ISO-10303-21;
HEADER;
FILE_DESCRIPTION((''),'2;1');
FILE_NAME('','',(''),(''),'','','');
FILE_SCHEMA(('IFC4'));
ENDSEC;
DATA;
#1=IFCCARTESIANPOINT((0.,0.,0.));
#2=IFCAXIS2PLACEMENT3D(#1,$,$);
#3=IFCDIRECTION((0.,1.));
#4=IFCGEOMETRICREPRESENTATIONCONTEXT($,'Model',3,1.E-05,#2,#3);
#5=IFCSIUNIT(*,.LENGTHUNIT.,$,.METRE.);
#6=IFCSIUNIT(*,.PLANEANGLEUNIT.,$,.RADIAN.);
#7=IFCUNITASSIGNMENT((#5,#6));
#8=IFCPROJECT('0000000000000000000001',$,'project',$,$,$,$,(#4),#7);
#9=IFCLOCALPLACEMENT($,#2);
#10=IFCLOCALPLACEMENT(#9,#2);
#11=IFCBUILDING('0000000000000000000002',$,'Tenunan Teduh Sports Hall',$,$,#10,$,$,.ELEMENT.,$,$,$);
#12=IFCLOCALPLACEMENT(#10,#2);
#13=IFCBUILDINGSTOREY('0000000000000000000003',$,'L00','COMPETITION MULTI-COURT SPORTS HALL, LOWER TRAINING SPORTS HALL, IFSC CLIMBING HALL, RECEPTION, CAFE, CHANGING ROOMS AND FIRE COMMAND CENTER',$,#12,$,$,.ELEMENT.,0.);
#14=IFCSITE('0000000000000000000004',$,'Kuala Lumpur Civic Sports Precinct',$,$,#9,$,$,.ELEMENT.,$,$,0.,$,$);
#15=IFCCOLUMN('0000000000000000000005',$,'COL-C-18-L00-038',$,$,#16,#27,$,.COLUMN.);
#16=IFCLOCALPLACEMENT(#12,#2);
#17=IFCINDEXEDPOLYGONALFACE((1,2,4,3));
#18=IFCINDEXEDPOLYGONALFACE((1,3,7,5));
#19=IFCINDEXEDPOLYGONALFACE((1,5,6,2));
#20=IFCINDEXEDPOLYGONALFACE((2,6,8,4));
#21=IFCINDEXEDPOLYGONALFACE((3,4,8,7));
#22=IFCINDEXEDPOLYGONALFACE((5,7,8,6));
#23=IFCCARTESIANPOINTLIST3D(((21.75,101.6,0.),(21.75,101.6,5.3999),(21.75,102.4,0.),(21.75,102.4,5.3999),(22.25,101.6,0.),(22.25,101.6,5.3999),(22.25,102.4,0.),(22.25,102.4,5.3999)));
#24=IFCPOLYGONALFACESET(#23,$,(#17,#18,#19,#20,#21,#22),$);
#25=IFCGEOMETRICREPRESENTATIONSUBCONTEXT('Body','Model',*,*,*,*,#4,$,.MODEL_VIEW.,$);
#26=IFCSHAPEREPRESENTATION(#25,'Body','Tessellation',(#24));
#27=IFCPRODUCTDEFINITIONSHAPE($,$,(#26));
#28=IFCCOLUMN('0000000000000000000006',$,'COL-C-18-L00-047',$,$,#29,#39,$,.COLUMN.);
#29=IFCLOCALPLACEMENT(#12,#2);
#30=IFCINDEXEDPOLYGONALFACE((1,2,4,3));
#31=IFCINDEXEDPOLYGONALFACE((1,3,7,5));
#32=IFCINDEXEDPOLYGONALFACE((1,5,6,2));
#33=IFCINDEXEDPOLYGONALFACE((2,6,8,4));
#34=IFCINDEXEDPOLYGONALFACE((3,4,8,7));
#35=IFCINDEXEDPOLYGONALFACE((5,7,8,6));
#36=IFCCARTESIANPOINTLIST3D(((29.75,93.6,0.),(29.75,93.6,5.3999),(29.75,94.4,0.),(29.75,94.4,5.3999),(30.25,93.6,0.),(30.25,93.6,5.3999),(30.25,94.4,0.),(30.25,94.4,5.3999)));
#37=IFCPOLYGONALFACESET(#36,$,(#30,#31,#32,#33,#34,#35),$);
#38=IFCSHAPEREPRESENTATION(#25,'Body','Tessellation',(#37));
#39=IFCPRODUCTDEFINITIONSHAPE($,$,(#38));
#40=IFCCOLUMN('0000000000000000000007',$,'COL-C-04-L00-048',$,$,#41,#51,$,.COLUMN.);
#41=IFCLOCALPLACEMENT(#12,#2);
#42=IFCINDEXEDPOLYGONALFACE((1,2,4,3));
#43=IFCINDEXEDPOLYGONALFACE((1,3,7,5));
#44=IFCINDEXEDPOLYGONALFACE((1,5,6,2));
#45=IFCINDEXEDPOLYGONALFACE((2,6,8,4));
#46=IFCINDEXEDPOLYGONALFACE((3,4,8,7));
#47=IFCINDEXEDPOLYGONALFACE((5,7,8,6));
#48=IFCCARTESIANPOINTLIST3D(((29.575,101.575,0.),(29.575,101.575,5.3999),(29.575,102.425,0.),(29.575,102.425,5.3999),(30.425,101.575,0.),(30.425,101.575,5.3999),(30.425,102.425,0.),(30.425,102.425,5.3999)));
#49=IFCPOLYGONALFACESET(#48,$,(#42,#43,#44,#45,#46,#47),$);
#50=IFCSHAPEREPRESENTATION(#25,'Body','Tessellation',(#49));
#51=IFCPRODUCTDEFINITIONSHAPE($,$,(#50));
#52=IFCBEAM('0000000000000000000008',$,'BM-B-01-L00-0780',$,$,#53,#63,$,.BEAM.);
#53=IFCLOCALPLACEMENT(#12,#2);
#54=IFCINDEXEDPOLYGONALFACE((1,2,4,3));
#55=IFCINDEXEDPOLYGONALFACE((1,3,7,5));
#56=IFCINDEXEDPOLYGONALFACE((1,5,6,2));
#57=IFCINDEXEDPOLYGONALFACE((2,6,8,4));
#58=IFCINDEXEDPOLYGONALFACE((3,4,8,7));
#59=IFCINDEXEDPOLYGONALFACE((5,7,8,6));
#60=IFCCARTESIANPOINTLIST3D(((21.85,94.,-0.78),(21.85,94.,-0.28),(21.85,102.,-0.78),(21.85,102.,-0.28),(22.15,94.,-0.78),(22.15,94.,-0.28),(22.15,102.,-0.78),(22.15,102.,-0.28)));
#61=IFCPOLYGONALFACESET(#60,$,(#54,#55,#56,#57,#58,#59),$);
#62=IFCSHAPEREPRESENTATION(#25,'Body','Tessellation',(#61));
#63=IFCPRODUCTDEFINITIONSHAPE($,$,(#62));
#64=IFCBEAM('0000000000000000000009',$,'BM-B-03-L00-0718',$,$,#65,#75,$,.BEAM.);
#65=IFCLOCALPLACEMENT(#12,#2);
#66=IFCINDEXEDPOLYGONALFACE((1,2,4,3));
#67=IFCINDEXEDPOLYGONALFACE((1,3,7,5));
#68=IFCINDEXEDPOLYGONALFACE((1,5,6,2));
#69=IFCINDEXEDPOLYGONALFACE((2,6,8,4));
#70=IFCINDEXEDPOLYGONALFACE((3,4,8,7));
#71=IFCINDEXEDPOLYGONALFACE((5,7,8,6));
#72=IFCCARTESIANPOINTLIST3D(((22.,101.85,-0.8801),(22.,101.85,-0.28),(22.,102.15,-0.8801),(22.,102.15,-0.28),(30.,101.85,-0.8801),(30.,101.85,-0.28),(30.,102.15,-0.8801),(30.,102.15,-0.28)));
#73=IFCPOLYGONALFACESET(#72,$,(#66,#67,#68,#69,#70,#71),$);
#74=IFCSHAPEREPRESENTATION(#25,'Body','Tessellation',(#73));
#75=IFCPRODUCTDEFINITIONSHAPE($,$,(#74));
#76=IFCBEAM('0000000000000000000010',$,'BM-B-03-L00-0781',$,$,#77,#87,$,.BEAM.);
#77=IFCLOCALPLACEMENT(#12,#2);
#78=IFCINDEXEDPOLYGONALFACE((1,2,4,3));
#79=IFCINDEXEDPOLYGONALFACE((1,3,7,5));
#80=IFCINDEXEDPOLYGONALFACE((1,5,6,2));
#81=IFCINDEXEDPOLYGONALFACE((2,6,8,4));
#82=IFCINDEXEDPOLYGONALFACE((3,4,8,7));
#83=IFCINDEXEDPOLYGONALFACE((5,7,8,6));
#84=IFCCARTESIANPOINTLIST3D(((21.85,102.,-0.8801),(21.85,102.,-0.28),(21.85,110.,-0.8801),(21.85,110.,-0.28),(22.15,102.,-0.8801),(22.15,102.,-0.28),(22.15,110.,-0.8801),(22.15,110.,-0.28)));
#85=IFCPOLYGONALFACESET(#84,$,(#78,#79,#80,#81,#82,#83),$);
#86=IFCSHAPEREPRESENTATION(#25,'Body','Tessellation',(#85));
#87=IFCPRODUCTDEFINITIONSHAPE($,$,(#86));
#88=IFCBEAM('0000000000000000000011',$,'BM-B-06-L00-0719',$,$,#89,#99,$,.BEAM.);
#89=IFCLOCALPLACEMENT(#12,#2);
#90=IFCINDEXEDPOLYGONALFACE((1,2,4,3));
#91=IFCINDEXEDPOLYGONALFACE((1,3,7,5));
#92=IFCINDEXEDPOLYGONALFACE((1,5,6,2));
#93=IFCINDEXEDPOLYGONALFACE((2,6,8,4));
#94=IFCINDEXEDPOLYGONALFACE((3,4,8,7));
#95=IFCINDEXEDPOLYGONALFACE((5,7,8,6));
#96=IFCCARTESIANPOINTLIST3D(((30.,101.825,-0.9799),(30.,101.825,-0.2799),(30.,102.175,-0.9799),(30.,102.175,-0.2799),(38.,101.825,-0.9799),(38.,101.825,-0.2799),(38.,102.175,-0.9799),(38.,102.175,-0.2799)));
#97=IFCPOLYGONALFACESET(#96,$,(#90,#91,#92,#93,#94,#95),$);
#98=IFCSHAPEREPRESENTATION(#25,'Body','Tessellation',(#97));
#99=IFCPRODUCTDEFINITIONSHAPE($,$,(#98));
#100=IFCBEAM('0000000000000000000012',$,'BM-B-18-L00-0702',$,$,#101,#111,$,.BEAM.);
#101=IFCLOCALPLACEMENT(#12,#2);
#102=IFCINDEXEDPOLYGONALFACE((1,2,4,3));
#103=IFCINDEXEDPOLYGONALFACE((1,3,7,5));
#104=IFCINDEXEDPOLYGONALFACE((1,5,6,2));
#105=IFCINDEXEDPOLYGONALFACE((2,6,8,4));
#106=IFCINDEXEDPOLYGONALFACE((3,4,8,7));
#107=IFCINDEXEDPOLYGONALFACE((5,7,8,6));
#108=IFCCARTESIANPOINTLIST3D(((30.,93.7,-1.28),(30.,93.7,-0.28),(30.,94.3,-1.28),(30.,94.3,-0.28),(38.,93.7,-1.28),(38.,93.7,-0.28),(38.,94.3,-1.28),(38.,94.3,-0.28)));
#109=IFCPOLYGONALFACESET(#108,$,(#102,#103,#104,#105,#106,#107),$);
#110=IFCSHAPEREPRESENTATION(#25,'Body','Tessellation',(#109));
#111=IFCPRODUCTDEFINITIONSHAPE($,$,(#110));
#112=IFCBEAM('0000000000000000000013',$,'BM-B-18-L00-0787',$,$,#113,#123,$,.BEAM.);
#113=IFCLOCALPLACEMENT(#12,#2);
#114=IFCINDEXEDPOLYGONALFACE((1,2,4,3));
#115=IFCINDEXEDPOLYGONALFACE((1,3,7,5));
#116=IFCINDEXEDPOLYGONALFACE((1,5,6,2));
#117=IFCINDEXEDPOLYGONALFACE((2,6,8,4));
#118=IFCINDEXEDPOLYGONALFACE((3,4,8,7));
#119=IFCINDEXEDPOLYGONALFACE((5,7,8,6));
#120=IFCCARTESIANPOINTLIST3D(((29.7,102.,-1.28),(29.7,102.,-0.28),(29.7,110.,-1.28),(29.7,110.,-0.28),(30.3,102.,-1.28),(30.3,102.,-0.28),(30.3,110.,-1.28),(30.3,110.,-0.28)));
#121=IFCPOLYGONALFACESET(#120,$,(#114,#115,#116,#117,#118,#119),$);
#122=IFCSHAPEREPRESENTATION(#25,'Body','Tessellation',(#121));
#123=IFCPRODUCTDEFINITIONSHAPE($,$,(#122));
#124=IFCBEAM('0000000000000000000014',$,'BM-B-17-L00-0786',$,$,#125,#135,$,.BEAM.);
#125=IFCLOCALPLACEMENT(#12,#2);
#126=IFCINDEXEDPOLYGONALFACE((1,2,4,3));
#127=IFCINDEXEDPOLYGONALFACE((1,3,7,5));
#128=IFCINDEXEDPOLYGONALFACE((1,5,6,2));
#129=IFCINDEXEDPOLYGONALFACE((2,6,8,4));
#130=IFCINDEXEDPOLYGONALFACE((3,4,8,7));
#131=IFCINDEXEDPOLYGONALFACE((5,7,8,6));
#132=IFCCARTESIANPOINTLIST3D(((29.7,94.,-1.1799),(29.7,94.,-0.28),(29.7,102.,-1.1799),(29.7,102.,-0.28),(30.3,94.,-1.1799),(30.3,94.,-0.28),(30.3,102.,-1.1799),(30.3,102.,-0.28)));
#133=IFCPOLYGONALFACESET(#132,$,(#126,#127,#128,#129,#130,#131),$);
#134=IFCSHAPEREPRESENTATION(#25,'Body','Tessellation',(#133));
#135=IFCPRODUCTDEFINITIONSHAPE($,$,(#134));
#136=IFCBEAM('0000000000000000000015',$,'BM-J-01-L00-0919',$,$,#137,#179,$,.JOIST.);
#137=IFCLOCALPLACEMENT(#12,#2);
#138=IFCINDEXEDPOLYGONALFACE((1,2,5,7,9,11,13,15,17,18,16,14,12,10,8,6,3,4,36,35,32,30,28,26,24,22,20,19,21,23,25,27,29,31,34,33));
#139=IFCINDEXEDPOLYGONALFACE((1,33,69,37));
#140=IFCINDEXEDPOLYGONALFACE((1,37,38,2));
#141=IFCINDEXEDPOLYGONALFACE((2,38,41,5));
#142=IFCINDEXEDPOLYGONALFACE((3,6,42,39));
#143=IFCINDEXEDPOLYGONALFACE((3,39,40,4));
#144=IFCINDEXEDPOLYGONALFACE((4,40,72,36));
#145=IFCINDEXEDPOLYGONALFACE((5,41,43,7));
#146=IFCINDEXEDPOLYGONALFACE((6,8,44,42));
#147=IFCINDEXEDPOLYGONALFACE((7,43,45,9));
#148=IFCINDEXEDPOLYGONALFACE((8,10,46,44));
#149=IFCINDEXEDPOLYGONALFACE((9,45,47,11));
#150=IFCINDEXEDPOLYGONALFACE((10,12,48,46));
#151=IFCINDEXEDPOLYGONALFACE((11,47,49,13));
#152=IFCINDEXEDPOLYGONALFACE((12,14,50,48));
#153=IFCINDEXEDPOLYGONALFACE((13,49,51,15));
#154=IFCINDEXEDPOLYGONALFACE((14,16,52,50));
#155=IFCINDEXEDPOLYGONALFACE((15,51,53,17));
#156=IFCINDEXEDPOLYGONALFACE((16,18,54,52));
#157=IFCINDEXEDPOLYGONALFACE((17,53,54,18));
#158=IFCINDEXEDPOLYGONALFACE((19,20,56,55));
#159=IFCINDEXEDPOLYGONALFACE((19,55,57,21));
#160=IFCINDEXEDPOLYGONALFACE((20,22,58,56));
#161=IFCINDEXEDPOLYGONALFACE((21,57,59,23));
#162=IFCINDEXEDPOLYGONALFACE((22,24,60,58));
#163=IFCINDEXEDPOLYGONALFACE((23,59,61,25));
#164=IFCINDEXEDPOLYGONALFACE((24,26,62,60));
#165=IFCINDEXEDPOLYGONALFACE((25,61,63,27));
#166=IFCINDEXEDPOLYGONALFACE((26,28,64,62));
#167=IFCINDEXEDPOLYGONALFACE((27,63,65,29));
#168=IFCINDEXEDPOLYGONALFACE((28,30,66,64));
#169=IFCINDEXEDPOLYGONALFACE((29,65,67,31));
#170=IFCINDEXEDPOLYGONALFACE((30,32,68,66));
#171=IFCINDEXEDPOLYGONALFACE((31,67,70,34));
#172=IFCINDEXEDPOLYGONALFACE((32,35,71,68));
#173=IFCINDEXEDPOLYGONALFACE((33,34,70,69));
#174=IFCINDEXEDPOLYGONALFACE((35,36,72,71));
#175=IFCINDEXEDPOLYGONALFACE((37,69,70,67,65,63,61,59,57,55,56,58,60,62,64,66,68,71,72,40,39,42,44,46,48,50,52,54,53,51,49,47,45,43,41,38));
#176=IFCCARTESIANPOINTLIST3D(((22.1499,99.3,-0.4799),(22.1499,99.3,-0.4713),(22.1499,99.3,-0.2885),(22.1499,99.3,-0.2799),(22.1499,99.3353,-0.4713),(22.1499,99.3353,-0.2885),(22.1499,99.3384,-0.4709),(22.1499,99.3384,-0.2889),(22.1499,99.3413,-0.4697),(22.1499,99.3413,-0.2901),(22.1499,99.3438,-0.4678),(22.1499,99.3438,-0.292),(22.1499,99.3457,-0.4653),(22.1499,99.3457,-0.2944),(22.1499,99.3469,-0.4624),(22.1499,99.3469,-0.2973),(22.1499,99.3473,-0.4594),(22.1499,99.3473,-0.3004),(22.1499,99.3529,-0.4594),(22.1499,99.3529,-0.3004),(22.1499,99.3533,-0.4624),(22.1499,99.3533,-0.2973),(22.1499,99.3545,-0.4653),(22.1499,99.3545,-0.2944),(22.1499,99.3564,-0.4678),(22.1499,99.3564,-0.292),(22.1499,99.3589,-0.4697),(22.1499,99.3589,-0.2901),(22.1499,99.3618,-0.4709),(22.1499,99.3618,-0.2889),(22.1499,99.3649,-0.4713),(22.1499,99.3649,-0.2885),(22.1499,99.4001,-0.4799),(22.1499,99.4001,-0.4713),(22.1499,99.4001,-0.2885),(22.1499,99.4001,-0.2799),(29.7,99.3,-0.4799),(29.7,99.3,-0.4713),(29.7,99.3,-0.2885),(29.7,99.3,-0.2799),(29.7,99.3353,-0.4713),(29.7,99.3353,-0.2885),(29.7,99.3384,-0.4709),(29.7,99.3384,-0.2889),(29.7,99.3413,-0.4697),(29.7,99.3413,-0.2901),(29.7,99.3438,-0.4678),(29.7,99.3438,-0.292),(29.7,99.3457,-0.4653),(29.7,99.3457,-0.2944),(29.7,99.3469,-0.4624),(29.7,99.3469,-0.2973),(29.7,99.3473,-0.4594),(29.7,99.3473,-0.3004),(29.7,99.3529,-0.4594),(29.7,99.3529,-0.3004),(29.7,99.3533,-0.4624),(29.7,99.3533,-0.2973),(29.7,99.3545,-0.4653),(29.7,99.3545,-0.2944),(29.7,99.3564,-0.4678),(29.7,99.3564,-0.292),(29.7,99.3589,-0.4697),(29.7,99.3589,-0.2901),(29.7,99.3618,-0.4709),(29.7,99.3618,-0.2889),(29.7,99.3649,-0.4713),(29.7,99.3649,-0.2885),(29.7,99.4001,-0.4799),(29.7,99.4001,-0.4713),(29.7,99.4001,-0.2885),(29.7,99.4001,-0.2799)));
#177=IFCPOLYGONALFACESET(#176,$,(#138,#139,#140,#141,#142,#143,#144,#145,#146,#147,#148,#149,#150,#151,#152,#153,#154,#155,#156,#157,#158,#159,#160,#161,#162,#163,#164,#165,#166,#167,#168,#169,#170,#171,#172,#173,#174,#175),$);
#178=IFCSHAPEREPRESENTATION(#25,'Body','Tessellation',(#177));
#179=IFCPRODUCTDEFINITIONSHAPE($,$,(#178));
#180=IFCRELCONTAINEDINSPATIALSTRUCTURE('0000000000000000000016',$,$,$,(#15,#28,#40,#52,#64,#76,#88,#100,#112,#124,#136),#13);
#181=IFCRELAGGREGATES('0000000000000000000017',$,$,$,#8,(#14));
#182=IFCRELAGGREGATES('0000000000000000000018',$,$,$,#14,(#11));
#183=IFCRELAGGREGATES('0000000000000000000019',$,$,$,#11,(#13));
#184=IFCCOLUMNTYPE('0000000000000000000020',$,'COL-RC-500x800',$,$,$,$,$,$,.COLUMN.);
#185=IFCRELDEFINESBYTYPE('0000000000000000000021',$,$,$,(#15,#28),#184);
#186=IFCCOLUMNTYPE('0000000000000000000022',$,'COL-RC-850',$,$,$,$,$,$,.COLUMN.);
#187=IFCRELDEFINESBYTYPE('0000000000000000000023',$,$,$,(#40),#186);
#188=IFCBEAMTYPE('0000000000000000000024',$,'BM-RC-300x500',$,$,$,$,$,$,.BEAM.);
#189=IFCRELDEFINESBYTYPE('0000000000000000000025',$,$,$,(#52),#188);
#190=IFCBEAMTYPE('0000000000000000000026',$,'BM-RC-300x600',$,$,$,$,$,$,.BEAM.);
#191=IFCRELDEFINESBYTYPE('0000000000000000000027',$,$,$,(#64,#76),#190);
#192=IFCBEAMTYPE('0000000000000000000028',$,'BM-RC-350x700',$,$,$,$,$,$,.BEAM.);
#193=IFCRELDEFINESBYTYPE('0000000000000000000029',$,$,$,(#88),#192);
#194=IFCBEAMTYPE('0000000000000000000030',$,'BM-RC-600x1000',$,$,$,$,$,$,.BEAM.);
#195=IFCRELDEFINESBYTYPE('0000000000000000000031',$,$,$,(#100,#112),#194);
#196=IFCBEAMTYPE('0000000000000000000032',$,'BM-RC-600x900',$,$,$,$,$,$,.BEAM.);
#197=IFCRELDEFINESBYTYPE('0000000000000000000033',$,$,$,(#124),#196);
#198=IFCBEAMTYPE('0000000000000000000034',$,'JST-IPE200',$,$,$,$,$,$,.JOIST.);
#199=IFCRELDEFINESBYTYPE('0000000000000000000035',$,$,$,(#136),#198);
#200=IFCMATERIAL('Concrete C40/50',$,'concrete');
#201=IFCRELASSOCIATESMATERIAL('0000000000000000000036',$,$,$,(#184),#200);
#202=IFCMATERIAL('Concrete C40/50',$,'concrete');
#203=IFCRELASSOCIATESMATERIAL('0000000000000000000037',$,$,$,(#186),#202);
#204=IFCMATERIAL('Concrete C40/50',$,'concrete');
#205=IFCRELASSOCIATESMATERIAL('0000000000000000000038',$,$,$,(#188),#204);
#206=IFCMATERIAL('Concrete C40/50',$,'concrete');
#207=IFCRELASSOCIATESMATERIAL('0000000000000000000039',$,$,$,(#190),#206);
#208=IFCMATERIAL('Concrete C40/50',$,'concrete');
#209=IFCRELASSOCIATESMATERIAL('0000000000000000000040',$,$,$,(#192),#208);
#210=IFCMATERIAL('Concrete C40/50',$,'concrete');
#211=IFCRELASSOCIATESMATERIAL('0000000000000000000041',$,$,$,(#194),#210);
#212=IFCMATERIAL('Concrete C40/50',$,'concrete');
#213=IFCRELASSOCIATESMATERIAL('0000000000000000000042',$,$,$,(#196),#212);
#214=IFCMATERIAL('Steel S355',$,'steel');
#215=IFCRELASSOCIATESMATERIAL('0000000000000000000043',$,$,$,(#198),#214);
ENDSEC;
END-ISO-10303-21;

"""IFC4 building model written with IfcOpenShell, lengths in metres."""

from ifc_helpers import new_model, si_unit, direction, frame, origin, origin_2d, place, context, subcontext, project, spatial, rectangle, i_section, extrude, material, material_profile, profile_set, type_object, element, save


model = new_model("IFC4")

# Units and contexts
model_context = context("Model", 3, precision=1e-05, world=origin(), true_north=direction((0.0, 1.0)))
body_context = subcontext(model_context, "Body", "Model", "MODEL_VIEW")
ifc_project = project(units=[si_unit("LENGTHUNIT", "METRE"), si_unit("PLANEANGLEUNIT", "RADIAN")], contexts=[model_context])

# Site, building, storey
site_placement = place(None, origin())
site = spatial("IfcSite", under=ifc_project, at=site_placement, Name="Kuala Lumpur Civic Sports Precinct", CompositionType="ELEMENT", RefElevation=0.0)
building_placement = place(site_placement, origin())
building = spatial("IfcBuilding", under=site, at=building_placement, Name="Tenunan Teduh Sports Hall", CompositionType="ELEMENT")
storey_placement = place(building_placement, origin())
storey = spatial("IfcBuildingStorey", under=building, at=storey_placement, Name="L00", Description="COMPETITION MULTI-COURT SPORTS HALL, LOWER TRAINING SPORTS HALL, IFSC CLIMBING HALL, RECEPTION, CAFE, CHANGING ROOMS AND FIRE COMMAND CENTER", CompositionType="ELEMENT", Elevation=0.0)

# Columns
ifc_material_1 = material(Name="Concrete C40/50", Category="concrete")
ifc_material_profile_1 = material_profile(ifc_material_1, rectangle(XDim=0.5, YDim=0.8, at=origin_2d()), Name="RC 500x800")
ifc_profile_set_1 = profile_set([ifc_material_profile_1], Name="Concrete C40/50")
column_type_1 = type_object("IfcColumnType", Name="COL-RC-500x800", PredefinedType="COLUMN", material=ifc_profile_set_1)
for number, where, z_axis, x_axis, name in (
    (1, (22.0, 102.0, 0.0), (0.0, 0.0, 1.0), (1.0, 0.0, 0.0), "COL-C-18-L00-038"),
    (2, (30.0, 94.0, 0.0), (0.0, 0.0, 1.0), (1.0, 0.0, 0.0), "COL-C-18-L00-047"),
):
    element("IfcColumn", number, at=place(storey_placement, frame(where, z_axis=z_axis, x_axis=x_axis)), inside=storey, type_object=column_type_1, Name=name, PredefinedType="COLUMN", context=body_context, shape_type="SweptSolid", body=[
        extrude(rectangle(XDim=0.5, YDim=0.8, at=origin_2d()), origin(), (0.0, 0.0, 1.0), 5.3999),
    ])
ifc_material_2 = material(Name="Concrete C40/50", Category="concrete")
ifc_material_profile_2 = material_profile(ifc_material_2, rectangle(XDim=0.8501, YDim=0.8501, at=origin_2d()), Name="RC 850x850")
ifc_profile_set_2 = profile_set([ifc_material_profile_2], Name="Concrete C40/50")
column_type_2 = type_object("IfcColumnType", Name="COL-RC-850", PredefinedType="COLUMN", material=ifc_profile_set_2)
column_placement = place(storey_placement, frame((30.0, 102.0, 0.0), z_axis=(0.0, 0.0, 1.0), x_axis=(1.0, 0.0, 0.0)))
element("IfcColumn", 3, at=column_placement, inside=storey, type_object=column_type_2, Name="COL-C-04-L00-048", PredefinedType="COLUMN", context=body_context, shape_type="SweptSolid", body=[
    extrude(rectangle(XDim=0.8501, YDim=0.8501, at=origin_2d()), origin(), (0.0, 0.0, 1.0), 5.3999),
])

# Beams
ifc_material_3 = material(Name="Concrete C40/50", Category="concrete")
ifc_material_profile_3 = material_profile(ifc_material_3, rectangle(XDim=0.3, YDim=0.5, at=origin_2d()), Name="RCB 300x500")
ifc_profile_set_3 = profile_set([ifc_material_profile_3], Name="Concrete C40/50")
beam_type_1 = type_object("IfcBeamType", Name="BM-RC-300x500", PredefinedType="BEAM", material=ifc_profile_set_3)
beam_1_placement = place(storey_placement, frame((22.0, 94.0, -0.53), z_axis=(0.0, 1.0, 0.0), x_axis=(-1.0, 0.0, 0.0)))
element("IfcBeam", 4, at=beam_1_placement, inside=storey, type_object=beam_type_1, Name="BM-B-01-L00-0780", PredefinedType="BEAM", context=body_context, shape_type="SweptSolid", body=[
    extrude(rectangle(XDim=0.3, YDim=0.5, at=origin_2d()), origin(), (0.0, 0.0, 1.0), 8.0),
])
ifc_material_4 = material(Name="Concrete C40/50", Category="concrete")
ifc_material_profile_4 = material_profile(ifc_material_4, rectangle(XDim=0.3, YDim=0.6001, at=origin_2d()), Name="RCB 300x600")
ifc_profile_set_4 = profile_set([ifc_material_profile_4], Name="Concrete C40/50")
beam_type_2 = type_object("IfcBeamType", Name="BM-RC-300x600", PredefinedType="BEAM", material=ifc_profile_set_4)
for number, where, z_axis, x_axis, name in (
    (5, (22.0, 102.0, -0.5801), (1.0, 0.0, 0.0), (0.0, 1.0, 0.0), "BM-B-03-L00-0718"),
    (6, (22.0, 102.0, -0.5801), (0.0, 1.0, 0.0), (-1.0, 0.0, 0.0), "BM-B-03-L00-0781"),
):
    element("IfcBeam", number, at=place(storey_placement, frame(where, z_axis=z_axis, x_axis=x_axis)), inside=storey, type_object=beam_type_2, Name=name, PredefinedType="BEAM", context=body_context, shape_type="SweptSolid", body=[
        extrude(rectangle(XDim=0.3, YDim=0.6001, at=origin_2d()), origin(), (0.0, 0.0, 1.0), 8.0),
    ])
ifc_material_5 = material(Name="Concrete C40/50", Category="concrete")
ifc_material_profile_5 = material_profile(ifc_material_5, rectangle(XDim=0.3501, YDim=0.7, at=origin_2d()), Name="RCB 350x700")
ifc_profile_set_5 = profile_set([ifc_material_profile_5], Name="Concrete C40/50")
beam_type_3 = type_object("IfcBeamType", Name="BM-RC-350x700", PredefinedType="BEAM", material=ifc_profile_set_5)
beam_2_placement = place(storey_placement, frame((30.0, 102.0, -0.6299), z_axis=(1.0, 0.0, 0.0), x_axis=(0.0, 1.0, 0.0)))
element("IfcBeam", 7, at=beam_2_placement, inside=storey, type_object=beam_type_3, Name="BM-B-06-L00-0719", PredefinedType="BEAM", context=body_context, shape_type="SweptSolid", body=[
    extrude(rectangle(XDim=0.3501, YDim=0.7, at=origin_2d()), origin(), (0.0, 0.0, 1.0), 8.0),
])
ifc_material_6 = material(Name="Concrete C40/50", Category="concrete")
ifc_material_profile_6 = material_profile(ifc_material_6, rectangle(XDim=0.6001, YDim=1.0, at=origin_2d()), Name="RCB 600x1000")
ifc_profile_set_6 = profile_set([ifc_material_profile_6], Name="Concrete C40/50")
beam_type_4 = type_object("IfcBeamType", Name="BM-RC-600x1000", PredefinedType="BEAM", material=ifc_profile_set_6)
for number, where, z_axis, x_axis, name in (
    (8, (30.0, 94.0, -0.78), (1.0, 0.0, 0.0), (0.0, 1.0, 0.0), "BM-B-18-L00-0702"),
    (9, (30.0, 102.0, -0.78), (0.0, 1.0, 0.0), (-1.0, 0.0, 0.0), "BM-B-18-L00-0787"),
):
    element("IfcBeam", number, at=place(storey_placement, frame(where, z_axis=z_axis, x_axis=x_axis)), inside=storey, type_object=beam_type_4, Name=name, PredefinedType="BEAM", context=body_context, shape_type="SweptSolid", body=[
        extrude(rectangle(XDim=0.6001, YDim=1.0, at=origin_2d()), origin(), (0.0, 0.0, 1.0), 8.0),
    ])
ifc_material_7 = material(Name="Concrete C40/50", Category="concrete")
ifc_material_profile_7 = material_profile(ifc_material_7, rectangle(XDim=0.6001, YDim=0.8999, at=origin_2d()), Name="RCB 600x900")
ifc_profile_set_7 = profile_set([ifc_material_profile_7], Name="Concrete C40/50")
beam_type_5 = type_object("IfcBeamType", Name="BM-RC-600x900", PredefinedType="BEAM", material=ifc_profile_set_7)
beam_3_placement = place(storey_placement, frame((30.0, 94.0, -0.73), z_axis=(0.0, 1.0, 0.0), x_axis=(-1.0, 0.0, 0.0)))
element("IfcBeam", 10, at=beam_3_placement, inside=storey, type_object=beam_type_5, Name="BM-B-17-L00-0786", PredefinedType="BEAM", context=body_context, shape_type="SweptSolid", body=[
    extrude(rectangle(XDim=0.6001, YDim=0.8999, at=origin_2d()), origin(), (0.0, 0.0, 1.0), 8.0),
])
ifc_material_8 = material(Name="Steel S355", Category="steel")
ifc_material_profile_8 = material_profile(ifc_material_8, i_section(OverallWidth=0.1001, OverallDepth=0.2, WebThickness=0.0056, FlangeThickness=0.0085, FilletRadius=0.012, at=origin_2d()), Name="IPE 200")
ifc_profile_set_8 = profile_set([ifc_material_profile_8], Name="Steel S355")
beam_type_6 = type_object("IfcBeamType", Name="JST-IPE200", PredefinedType="JOIST", material=ifc_profile_set_8)
beam_4_placement = place(storey_placement, frame((22.1499, 99.3501, -0.3799), z_axis=(1.0, 0.0, 0.0), x_axis=(0.0, 1.0, 0.0)))
element("IfcBeam", 11, at=beam_4_placement, inside=storey, type_object=beam_type_6, Name="BM-J-01-L00-0919", PredefinedType="JOIST", context=body_context, shape_type="SweptSolid", body=[
    extrude(i_section(OverallWidth=0.1001, OverallDepth=0.2, WebThickness=0.0056, FlangeThickness=0.0085, FilletRadius=0.012, at=origin_2d()), origin(), (0.0, 0.0, 1.0), 7.55),
])

save(model, "model.ifc")
